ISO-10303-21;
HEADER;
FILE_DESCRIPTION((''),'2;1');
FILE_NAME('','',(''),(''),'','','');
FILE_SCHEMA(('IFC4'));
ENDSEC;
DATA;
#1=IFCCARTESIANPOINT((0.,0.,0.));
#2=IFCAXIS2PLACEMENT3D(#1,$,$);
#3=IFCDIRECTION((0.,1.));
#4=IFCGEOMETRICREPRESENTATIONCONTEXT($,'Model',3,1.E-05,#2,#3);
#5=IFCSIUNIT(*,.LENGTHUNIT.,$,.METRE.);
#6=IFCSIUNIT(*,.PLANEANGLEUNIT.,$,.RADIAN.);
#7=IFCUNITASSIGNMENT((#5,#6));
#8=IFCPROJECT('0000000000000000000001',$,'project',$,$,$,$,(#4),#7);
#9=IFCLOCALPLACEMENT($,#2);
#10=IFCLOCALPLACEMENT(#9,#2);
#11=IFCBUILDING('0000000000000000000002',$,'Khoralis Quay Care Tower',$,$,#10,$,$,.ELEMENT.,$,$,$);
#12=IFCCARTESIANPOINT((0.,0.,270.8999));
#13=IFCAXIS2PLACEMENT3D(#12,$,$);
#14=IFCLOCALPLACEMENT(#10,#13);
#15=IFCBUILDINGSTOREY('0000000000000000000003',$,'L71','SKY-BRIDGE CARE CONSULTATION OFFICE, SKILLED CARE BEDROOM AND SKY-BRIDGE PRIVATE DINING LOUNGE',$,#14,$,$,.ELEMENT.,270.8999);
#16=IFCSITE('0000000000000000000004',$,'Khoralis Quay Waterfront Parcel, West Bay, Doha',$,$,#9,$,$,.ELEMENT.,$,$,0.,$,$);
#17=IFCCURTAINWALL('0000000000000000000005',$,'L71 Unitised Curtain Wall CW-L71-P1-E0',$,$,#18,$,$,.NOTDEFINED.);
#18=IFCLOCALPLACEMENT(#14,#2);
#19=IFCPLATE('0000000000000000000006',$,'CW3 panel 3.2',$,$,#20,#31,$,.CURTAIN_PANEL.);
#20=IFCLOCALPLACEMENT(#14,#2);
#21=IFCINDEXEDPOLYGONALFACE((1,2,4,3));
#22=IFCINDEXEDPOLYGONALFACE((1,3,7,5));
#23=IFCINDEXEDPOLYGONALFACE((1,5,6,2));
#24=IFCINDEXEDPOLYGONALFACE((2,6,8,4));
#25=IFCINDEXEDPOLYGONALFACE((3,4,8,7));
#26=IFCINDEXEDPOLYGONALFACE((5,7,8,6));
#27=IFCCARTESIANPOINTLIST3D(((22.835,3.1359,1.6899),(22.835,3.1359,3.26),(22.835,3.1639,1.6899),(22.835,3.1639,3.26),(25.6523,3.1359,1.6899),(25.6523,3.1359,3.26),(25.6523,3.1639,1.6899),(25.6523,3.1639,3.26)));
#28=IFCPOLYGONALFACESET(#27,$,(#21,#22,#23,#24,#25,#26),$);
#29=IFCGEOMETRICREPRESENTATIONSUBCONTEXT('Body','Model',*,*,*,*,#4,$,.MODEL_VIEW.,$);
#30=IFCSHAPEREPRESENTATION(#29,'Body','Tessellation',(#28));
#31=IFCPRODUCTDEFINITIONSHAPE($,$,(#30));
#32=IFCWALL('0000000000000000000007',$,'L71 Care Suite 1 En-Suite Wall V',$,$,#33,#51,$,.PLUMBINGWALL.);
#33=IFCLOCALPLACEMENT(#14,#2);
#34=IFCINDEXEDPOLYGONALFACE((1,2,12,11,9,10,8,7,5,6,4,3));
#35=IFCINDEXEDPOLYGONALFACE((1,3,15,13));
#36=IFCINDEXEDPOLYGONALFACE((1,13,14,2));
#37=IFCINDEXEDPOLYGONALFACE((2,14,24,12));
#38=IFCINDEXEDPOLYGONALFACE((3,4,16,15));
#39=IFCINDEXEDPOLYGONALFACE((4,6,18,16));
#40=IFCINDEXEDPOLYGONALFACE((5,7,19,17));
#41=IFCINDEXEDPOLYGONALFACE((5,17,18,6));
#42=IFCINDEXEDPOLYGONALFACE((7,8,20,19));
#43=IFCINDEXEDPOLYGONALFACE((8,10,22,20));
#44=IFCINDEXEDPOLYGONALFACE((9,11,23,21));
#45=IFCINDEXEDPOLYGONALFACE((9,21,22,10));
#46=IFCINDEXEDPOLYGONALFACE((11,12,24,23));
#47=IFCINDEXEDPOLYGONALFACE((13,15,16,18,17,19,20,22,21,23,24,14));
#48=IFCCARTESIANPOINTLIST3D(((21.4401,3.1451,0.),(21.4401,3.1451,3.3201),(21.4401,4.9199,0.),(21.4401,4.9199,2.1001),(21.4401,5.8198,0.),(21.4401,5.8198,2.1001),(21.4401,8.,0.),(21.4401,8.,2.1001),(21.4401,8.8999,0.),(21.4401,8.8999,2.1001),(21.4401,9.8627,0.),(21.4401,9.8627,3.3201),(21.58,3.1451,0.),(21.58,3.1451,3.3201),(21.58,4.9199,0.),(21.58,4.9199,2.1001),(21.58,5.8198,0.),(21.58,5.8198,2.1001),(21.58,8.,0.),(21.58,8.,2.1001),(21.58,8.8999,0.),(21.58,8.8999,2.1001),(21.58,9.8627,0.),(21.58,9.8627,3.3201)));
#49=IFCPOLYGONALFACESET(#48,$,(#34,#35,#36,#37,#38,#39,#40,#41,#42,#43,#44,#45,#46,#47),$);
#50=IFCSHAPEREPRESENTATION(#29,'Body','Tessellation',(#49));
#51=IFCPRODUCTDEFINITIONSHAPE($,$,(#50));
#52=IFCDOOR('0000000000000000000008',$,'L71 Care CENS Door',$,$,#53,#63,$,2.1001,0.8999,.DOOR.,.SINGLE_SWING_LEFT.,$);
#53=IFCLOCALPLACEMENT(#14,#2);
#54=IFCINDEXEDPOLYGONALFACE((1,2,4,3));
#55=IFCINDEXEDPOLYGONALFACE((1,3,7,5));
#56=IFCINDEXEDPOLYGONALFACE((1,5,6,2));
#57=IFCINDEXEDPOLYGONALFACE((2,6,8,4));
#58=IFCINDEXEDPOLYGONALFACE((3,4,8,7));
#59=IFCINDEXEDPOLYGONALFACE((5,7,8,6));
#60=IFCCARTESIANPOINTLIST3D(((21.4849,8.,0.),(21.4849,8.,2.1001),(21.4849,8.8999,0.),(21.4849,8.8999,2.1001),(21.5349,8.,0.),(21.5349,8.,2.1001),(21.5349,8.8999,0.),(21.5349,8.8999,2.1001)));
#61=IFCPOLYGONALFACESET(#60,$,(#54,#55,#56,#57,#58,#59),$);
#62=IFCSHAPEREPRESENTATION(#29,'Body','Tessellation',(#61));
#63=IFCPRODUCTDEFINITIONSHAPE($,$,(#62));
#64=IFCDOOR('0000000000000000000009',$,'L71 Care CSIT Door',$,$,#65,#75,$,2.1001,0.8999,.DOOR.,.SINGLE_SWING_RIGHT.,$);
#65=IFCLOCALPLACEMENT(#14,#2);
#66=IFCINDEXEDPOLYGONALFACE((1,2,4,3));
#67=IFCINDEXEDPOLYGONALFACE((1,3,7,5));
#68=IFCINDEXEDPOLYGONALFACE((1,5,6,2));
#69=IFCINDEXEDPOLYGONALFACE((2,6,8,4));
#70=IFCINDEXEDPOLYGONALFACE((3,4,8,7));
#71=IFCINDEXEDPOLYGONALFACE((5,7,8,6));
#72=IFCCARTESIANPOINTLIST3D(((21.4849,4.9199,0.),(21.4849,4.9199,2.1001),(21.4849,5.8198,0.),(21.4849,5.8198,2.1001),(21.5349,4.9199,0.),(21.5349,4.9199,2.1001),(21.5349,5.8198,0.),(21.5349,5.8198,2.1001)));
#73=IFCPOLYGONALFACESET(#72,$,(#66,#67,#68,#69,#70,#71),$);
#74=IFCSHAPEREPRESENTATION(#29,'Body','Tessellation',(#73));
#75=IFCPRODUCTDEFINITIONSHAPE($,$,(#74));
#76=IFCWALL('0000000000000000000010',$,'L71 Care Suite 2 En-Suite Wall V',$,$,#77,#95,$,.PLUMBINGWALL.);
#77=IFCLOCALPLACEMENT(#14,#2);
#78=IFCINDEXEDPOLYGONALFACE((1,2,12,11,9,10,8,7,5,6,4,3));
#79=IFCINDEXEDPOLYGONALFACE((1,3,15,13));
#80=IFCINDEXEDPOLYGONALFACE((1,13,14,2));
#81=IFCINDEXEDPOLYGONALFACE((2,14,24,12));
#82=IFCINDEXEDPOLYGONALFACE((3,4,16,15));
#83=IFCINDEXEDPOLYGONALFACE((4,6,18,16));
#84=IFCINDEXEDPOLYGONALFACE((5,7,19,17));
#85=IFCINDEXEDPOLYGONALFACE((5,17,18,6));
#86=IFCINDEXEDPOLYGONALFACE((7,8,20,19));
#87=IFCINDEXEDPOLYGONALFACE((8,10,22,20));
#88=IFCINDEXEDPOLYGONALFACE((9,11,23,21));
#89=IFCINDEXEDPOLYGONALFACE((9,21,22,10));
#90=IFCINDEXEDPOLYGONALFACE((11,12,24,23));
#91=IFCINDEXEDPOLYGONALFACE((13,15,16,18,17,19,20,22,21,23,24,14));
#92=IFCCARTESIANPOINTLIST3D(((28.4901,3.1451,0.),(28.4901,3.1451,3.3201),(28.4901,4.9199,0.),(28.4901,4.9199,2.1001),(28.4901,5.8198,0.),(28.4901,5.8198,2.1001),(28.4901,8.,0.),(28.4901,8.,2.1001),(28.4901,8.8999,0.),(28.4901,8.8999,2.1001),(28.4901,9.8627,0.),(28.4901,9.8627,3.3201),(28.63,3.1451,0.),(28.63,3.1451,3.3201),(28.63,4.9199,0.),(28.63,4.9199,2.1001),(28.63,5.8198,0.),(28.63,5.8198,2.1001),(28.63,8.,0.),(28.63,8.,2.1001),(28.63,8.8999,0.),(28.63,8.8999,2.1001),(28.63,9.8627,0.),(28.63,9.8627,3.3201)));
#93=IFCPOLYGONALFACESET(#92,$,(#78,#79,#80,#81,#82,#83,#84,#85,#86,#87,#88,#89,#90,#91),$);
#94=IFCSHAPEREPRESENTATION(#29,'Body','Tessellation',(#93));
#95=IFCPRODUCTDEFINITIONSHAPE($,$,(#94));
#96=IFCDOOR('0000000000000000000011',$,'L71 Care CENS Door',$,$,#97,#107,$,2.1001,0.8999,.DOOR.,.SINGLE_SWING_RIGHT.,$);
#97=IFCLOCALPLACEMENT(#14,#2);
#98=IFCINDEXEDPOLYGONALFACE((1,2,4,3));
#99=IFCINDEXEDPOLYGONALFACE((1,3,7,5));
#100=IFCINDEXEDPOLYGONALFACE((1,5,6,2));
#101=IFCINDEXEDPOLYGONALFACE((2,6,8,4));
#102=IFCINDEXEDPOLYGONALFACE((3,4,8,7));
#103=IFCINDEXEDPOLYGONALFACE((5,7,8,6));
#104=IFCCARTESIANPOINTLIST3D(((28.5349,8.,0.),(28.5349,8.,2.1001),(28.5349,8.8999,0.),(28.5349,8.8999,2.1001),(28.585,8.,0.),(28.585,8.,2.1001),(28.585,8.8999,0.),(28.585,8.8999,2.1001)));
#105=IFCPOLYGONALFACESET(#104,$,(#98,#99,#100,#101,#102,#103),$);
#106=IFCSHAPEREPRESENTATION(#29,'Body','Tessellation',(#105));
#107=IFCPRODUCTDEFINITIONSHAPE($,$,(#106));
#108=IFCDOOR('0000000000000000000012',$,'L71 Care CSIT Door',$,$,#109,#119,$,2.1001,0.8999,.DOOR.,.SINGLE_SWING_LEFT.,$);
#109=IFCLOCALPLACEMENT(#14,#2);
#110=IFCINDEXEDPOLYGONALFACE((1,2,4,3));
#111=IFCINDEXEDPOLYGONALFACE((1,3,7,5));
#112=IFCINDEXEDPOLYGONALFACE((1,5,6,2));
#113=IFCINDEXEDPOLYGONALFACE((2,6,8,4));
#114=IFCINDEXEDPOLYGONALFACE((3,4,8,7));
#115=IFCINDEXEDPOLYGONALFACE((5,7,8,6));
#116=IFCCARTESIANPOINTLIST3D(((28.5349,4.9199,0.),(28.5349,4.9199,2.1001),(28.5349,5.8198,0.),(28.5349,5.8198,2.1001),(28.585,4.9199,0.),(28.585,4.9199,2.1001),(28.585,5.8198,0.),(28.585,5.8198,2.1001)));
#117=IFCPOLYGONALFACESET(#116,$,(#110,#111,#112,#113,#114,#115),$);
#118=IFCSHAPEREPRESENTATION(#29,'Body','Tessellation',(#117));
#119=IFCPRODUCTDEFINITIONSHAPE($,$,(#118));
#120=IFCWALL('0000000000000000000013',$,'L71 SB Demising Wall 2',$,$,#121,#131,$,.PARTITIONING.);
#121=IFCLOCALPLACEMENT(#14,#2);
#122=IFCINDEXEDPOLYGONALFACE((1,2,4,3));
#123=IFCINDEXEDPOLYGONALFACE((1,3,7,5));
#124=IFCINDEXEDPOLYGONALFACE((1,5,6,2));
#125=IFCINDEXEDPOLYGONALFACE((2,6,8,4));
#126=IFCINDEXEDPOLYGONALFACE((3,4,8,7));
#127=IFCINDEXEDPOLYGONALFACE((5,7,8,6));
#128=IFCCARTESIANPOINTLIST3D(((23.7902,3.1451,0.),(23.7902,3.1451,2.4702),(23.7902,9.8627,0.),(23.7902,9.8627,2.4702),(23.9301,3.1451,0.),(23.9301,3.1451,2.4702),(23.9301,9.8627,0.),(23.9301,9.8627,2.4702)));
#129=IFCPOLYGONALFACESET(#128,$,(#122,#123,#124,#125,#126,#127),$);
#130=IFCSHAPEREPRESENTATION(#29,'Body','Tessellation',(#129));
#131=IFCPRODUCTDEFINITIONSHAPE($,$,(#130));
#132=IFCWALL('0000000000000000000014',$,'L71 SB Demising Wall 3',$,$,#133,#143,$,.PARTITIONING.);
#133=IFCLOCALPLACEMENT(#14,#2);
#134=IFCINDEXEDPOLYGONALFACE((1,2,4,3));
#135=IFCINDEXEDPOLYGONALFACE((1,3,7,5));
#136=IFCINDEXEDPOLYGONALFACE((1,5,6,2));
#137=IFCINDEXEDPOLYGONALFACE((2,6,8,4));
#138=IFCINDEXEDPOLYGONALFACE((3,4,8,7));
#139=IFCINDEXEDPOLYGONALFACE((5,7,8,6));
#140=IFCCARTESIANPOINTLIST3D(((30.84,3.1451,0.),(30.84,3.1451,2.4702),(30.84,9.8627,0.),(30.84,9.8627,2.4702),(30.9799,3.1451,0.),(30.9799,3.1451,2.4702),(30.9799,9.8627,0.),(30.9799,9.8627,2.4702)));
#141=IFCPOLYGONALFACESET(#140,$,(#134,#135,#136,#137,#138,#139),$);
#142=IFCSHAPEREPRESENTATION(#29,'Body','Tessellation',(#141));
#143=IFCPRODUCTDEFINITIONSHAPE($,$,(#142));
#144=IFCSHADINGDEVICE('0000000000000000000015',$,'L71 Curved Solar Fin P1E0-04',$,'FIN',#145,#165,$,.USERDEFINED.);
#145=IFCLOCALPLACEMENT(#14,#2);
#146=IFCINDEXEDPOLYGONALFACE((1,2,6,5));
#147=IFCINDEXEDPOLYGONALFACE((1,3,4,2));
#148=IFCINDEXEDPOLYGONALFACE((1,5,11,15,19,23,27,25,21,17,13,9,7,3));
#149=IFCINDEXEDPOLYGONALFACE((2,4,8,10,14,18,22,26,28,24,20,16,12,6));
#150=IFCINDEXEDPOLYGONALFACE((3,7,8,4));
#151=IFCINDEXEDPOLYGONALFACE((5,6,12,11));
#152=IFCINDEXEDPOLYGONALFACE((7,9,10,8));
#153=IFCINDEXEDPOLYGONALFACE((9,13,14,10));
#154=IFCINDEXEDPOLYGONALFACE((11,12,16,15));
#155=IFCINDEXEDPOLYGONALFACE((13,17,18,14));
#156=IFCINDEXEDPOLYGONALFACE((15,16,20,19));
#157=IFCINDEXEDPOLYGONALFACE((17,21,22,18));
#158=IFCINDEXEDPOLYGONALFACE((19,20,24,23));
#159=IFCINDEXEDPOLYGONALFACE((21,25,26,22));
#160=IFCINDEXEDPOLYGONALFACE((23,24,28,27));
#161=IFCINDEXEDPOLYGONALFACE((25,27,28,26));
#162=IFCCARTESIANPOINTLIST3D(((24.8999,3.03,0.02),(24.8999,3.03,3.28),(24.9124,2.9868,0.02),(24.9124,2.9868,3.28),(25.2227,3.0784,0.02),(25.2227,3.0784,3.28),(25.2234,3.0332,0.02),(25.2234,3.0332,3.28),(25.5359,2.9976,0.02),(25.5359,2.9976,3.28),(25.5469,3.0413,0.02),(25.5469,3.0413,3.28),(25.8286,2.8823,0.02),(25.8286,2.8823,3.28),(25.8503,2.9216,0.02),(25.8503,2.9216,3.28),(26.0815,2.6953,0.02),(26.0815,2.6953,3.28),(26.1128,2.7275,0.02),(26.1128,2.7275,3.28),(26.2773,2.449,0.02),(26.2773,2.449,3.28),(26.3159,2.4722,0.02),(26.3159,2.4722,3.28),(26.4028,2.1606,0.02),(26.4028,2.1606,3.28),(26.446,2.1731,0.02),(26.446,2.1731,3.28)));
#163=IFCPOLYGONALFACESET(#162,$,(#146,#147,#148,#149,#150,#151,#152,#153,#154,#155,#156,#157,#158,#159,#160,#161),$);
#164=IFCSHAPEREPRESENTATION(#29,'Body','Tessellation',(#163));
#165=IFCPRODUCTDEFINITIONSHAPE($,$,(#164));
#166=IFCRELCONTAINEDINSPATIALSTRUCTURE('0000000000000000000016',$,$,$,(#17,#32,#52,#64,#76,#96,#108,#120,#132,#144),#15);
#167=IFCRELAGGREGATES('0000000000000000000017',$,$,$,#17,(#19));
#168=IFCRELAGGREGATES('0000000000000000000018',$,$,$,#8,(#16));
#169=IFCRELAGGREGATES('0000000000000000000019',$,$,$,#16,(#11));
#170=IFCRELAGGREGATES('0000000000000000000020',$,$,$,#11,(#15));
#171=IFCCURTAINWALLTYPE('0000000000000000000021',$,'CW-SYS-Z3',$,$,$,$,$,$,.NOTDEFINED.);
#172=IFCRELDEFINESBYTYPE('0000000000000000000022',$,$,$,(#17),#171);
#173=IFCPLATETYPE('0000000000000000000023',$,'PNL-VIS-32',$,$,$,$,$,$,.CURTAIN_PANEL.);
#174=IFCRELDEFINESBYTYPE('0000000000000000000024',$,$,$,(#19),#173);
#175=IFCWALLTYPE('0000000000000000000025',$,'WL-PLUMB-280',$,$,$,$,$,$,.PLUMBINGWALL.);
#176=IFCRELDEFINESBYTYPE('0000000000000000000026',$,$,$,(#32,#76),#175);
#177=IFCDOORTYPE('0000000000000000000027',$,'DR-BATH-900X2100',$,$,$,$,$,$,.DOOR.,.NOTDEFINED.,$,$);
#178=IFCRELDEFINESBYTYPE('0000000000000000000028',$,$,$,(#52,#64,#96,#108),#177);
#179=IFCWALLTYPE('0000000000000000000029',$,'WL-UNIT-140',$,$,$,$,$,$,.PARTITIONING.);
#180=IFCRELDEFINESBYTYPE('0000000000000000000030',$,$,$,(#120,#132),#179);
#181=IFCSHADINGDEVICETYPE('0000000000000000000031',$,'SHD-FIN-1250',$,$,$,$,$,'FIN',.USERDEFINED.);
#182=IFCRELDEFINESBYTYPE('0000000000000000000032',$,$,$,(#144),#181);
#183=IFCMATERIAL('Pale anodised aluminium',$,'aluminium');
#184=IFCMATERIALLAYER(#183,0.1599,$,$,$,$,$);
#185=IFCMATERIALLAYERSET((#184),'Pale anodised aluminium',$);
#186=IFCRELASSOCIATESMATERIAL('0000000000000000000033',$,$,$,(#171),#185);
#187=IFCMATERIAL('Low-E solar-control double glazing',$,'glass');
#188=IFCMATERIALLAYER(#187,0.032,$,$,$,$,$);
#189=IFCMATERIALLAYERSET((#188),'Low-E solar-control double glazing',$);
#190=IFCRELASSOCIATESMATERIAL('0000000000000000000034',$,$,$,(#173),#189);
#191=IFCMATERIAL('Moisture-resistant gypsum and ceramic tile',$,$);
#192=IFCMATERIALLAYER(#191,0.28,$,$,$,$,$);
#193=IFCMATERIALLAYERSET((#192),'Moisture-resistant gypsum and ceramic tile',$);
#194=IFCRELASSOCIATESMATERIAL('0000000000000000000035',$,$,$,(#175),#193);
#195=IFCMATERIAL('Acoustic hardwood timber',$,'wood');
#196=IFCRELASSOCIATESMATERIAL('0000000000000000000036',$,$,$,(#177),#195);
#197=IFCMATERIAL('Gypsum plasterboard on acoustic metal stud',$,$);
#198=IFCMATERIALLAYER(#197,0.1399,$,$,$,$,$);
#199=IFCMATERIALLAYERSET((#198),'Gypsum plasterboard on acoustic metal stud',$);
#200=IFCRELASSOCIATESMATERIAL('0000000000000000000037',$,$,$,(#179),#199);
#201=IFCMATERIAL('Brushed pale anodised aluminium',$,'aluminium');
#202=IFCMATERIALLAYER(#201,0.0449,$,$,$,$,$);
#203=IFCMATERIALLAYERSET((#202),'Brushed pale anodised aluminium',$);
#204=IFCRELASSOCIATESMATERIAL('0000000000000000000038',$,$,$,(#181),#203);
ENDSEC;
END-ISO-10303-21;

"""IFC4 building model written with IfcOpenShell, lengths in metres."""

from ifc_helpers import new_model, si_unit, direction, frame, frame_2d, origin, origin_2d, place, context, subcontext, project, spatial, polyline, rectangle, outline, extrude, source, transform, mapped, material, layer, layer_set, type_object, element, fill, aggregate, save


model = new_model("IFC4")

# Units and contexts
model_context = context("Model", 3, precision=1e-05, world=origin(), true_north=direction((0.0, 1.0)))
body_context = subcontext(model_context, "Body", "Model", "MODEL_VIEW")
ifc_project = project(units=[si_unit("LENGTHUNIT", "METRE"), si_unit("PLANEANGLEUNIT", "RADIAN")], contexts=[model_context])

# Site, building, storey
site_placement = place(None, origin())
site = spatial("IfcSite", under=ifc_project, at=site_placement, Name="Khoralis Quay Waterfront Parcel, West Bay, Doha", CompositionType="ELEMENT", RefElevation=0.0)
building_placement = place(site_placement, origin())
building = spatial("IfcBuilding", under=site, at=building_placement, Name="Khoralis Quay Care Tower", CompositionType="ELEMENT")
storey_placement = place(building_placement, frame((0.0, 0.0, 270.8999)))
storey = spatial("IfcBuildingStorey", under=building, at=storey_placement, Name="L71", Description="SKY-BRIDGE CARE CONSULTATION OFFICE, SKILLED CARE BEDROOM AND SKY-BRIDGE PRIVATE DINING LOUNGE", CompositionType="ELEMENT", Elevation=270.8999)

# Curtain wall, plate
ifc_material_1 = material(Name="Pale anodised aluminium", Category="aluminium")
ifc_layer_1 = layer(ifc_material_1, 0.1599)
ifc_layer_set_1 = layer_set([ifc_layer_1], Name="Pale anodised aluminium")
curtain_wall_type = type_object("IfcCurtainWallType", Name="CW-SYS-Z3", PredefinedType="NOTDEFINED", material=ifc_layer_set_1)
curtain_wall_placement = place(storey_placement, origin())
curtain_wall = element("IfcCurtainWall", 1, at=curtain_wall_placement, inside=storey, type_object=curtain_wall_type, Name="L71 Unitised Curtain Wall CW-L71-P1-E0", PredefinedType="NOTDEFINED")
ifc_material_2 = material(Name="Low-E solar-control double glazing", Category="glass")
ifc_layer_2 = layer(ifc_material_2, 0.032)
ifc_layer_set_2 = layer_set([ifc_layer_2], Name="Low-E solar-control double glazing")
plate_type = type_object("IfcPlateType", Name="PNL-VIS-32", PredefinedType="CURTAIN_PANEL", material=ifc_layer_set_2)
shared_shape_1 = source(origin(), body_context, "Body", "SweptSolid", [
    extrude(rectangle(XDim=2.8174, YDim=0.0281, at=origin_2d()), origin(), (0.0, 0.0, 1.0), 1.5701),
])
plate_1_placement = place(storey_placement, frame((24.2437, 3.1499, 1.6899), z_axis=(0.0, 0.0, 1.0), x_axis=(1.0, 0.0, 0.0)))
plate_1 = element("IfcPlate", 2, at=plate_1_placement, type_object=plate_type, Name="CW3 panel 3.2", PredefinedType="CURTAIN_PANEL", context=body_context, shape_type="MappedRepresentation", body=[
    mapped(shared_shape_1, transform((0.0, 0.0, 0.0), scale=1.0)),
])
aggregate(curtain_wall, [plate_1])

# Walls, openings, doors
ifc_material_3 = material(Name="Moisture-resistant gypsum and ceramic tile")
ifc_layer_3 = layer(ifc_material_3, 0.28)
ifc_layer_set_3 = layer_set([ifc_layer_3], Name="Moisture-resistant gypsum and ceramic tile")
wall_type_1 = type_object("IfcWallType", Name="WL-PLUMB-280", PredefinedType="PLUMBINGWALL", material=ifc_layer_set_3)
wall_1_placement = place(storey_placement, frame((21.51, 3.145, 0.0), z_axis=(0.0, 0.0, 1.0), x_axis=(0.0, 1.0, 0.0)))
wall_1 = element("IfcWall", 3, at=wall_1_placement, inside=storey, type_object=wall_type_1, Name="L71 Care Suite 1 En-Suite Wall V", PredefinedType="PLUMBINGWALL", context=body_context, shape_type="SweptSolid", body=[
    extrude(rectangle(XDim=6.7175, YDim=0.1399, at=frame_2d((3.3589, 0.0))), origin(), (0.0, 0.0, 1.0), 3.3201),
])
opening_1_placement = place(wall_1_placement, frame((4.855, 0.0, 0.0)))
opening_1 = element("IfcOpeningElement", 4, at=opening_1_placement, cuts=wall_1, PredefinedType="OPENING", context=body_context, shape_type="SweptSolid", body=[
    extrude(rectangle(XDim=0.8999, YDim=2.1001, at=frame_2d((0.45, 1.05))), frame((0.0, 0.0801, 0.0), z_axis=(0.0, -1.0, 0.0), x_axis=(1.0, 0.0, 0.0)), (0.0, 0.0, 1.0), 0.1599),
])
opening_2_placement = place(wall_1_placement, frame((1.7749, 0.0, 0.0)))
opening_2 = element("IfcOpeningElement", 5, at=opening_2_placement, cuts=wall_1, PredefinedType="OPENING", context=body_context, shape_type="SweptSolid", body=[
    extrude(rectangle(XDim=0.8999, YDim=2.1001, at=frame_2d((0.45, 1.05))), frame((0.0, 0.0801, 0.0), z_axis=(0.0, -1.0, 0.0), x_axis=(1.0, 0.0, 0.0)), (0.0, 0.0, 1.0), 0.1599),
])
ifc_material_4 = material(Name="Acoustic hardwood timber", Category="wood")
door_type = type_object("IfcDoorType", Name="DR-BATH-900X2100", OperationType="NOTDEFINED", PredefinedType="DOOR", material=ifc_material_4)
shared_shape_2 = source(origin(), body_context, "Body", "SweptSolid", [
    extrude(rectangle(XDim=0.8999, YDim=2.1001, at=frame_2d((0.45, 1.05))), frame((0.0, 0.0249, 0.0), z_axis=(0.0, -1.0, 0.0), x_axis=(1.0, 0.0, 0.0)), (0.0, 0.0, 1.0), 0.05),
])
door_1_placement = place(opening_1_placement, frame((0.8999, 0.0, 0.0), z_axis=(0.0, 0.0, 1.0), x_axis=(-1.0, 0.0, 0.0)))
door_1 = element("IfcDoor", 6, at=door_1_placement, inside=storey, type_object=door_type, Name="L71 Care CENS Door", OperationType="SINGLE_SWING_LEFT", OverallHeight=2.1001, OverallWidth=0.8999, PredefinedType="DOOR", context=body_context, shape_type="MappedRepresentation", body=[
    mapped(shared_shape_2, transform((0.0, 0.0, 0.0), scale=1.0)),
])
fill(opening_1, door_1)
door_2_placement = place(opening_2_placement, frame((0.8999, 0.0, 0.0), z_axis=(0.0, 0.0, 1.0), x_axis=(-1.0, 0.0, 0.0)))
door_2 = element("IfcDoor", 7, at=door_2_placement, inside=storey, type_object=door_type, Name="L71 Care CSIT Door", OperationType="SINGLE_SWING_RIGHT", OverallHeight=2.1001, OverallWidth=0.8999, PredefinedType="DOOR", context=body_context, shape_type="MappedRepresentation", body=[
    mapped(shared_shape_2, transform((0.0, 0.0, 0.0), scale=1.0)),
])
fill(opening_2, door_2)
wall_2_placement = place(storey_placement, frame((28.5601, 3.145, 0.0), z_axis=(0.0, 0.0, 1.0), x_axis=(0.0, 1.0, 0.0)))
wall_2 = element("IfcWall", 8, at=wall_2_placement, inside=storey, type_object=wall_type_1, Name="L71 Care Suite 2 En-Suite Wall V", PredefinedType="PLUMBINGWALL", context=body_context, shape_type="SweptSolid", body=[
    extrude(rectangle(XDim=6.7175, YDim=0.1399, at=frame_2d((3.3589, 0.0))), origin(), (0.0, 0.0, 1.0), 3.3201),
])
opening_3_placement = place(wall_2_placement, frame((4.855, 0.0, 0.0)))
opening_3 = element("IfcOpeningElement", 9, at=opening_3_placement, cuts=wall_2, PredefinedType="OPENING", context=body_context, shape_type="SweptSolid", body=[
    extrude(rectangle(XDim=0.8999, YDim=2.1001, at=frame_2d((0.45, 1.05))), frame((0.0, 0.0801, 0.0), z_axis=(0.0, -1.0, 0.0), x_axis=(1.0, 0.0, 0.0)), (0.0, 0.0, 1.0), 0.1599),
])
opening_4_placement = place(wall_2_placement, frame((1.7749, 0.0, 0.0)))
opening_4 = element("IfcOpeningElement", 10, at=opening_4_placement, cuts=wall_2, PredefinedType="OPENING", context=body_context, shape_type="SweptSolid", body=[
    extrude(rectangle(XDim=0.8999, YDim=2.1001, at=frame_2d((0.45, 1.05))), frame((0.0, 0.0801, 0.0), z_axis=(0.0, -1.0, 0.0), x_axis=(1.0, 0.0, 0.0)), (0.0, 0.0, 1.0), 0.1599),
])
door_3_placement = place(opening_3_placement, frame((0.8999, 0.0, 0.0), z_axis=(0.0, 0.0, 1.0), x_axis=(-1.0, 0.0, 0.0)))
door_3 = element("IfcDoor", 11, at=door_3_placement, inside=storey, type_object=door_type, Name="L71 Care CENS Door", OperationType="SINGLE_SWING_RIGHT", OverallHeight=2.1001, OverallWidth=0.8999, PredefinedType="DOOR", context=body_context, shape_type="MappedRepresentation", body=[
    mapped(shared_shape_2, transform((0.0, 0.0, 0.0), scale=1.0)),
])
fill(opening_3, door_3)
door_4_placement = place(opening_4_placement, frame((0.8999, 0.0, 0.0), z_axis=(0.0, 0.0, 1.0), x_axis=(-1.0, 0.0, 0.0)))
door_4 = element("IfcDoor", 12, at=door_4_placement, inside=storey, type_object=door_type, Name="L71 Care CSIT Door", OperationType="SINGLE_SWING_LEFT", OverallHeight=2.1001, OverallWidth=0.8999, PredefinedType="DOOR", context=body_context, shape_type="MappedRepresentation", body=[
    mapped(shared_shape_2, transform((0.0, 0.0, 0.0), scale=1.0)),
])
fill(opening_4, door_4)

# Walls
ifc_material_5 = material(Name="Gypsum plasterboard on acoustic metal stud")
ifc_layer_4 = layer(ifc_material_5, 0.1399)
ifc_layer_set_4 = layer_set([ifc_layer_4], Name="Gypsum plasterboard on acoustic metal stud")
wall_type_2 = type_object("IfcWallType", Name="WL-UNIT-140", PredefinedType="PARTITIONING", material=ifc_layer_set_4)
for number, where, z_axis, x_axis, name in (
    (13, (23.8601, 3.145, 0.0), (0.0, 0.0, 1.0), (0.0, 1.0, 0.0), "L71 SB Demising Wall 2"),
    (14, (30.9099, 3.145, 0.0), (0.0, 0.0, 1.0), (0.0, 1.0, 0.0), "L71 SB Demising Wall 3"),
):
    element("IfcWall", number, at=place(storey_placement, frame(where, z_axis=z_axis, x_axis=x_axis)), inside=storey, type_object=wall_type_2, Name=name, PredefinedType="PARTITIONING", context=body_context, shape_type="SweptSolid", body=[
        extrude(rectangle(XDim=6.7175, YDim=0.1399, at=frame_2d((3.3589, 0.0))), origin(), (0.0, 0.0, 1.0), 2.4702),
    ])

# Shading device
ifc_material_6 = material(Name="Brushed pale anodised aluminium", Category="aluminium")
ifc_layer_5 = layer(ifc_material_6, 0.0449)
ifc_layer_set_5 = layer_set([ifc_layer_5], Name="Brushed pale anodised aluminium")
shading_device_type = type_object("IfcShadingDeviceType", Name="SHD-FIN-1250", ElementType="FIN", PredefinedType="USERDEFINED", material=ifc_layer_set_5)
shared_shape_3 = source(origin(), body_context, "Body", "SweptSolid", [
    extrude(outline(polyline([(0.0, 0.0), (-0.0483, 0.3228), (-0.0112, 0.647), (0.1084, 0.9504), (0.3025, 1.2129), (0.5579, 1.416), (0.8569, 1.5461), (0.8694, 1.5029), (0.5811, 1.3774), (0.3347, 1.1816), (0.1477, 0.9287), (0.0325, 0.636), (-0.0032, 0.3235), (0.0432, 0.0125), (0.0, 0.0)])), origin(), (0.0, 0.0, 1.0), 3.26),
])
for number, where, z_axis, x_axis, name in (
    (15, (24.8999, 3.03, 0.02), (0.0, 0.0, 1.0), (0.0, -1.0, 0.0), "L71 Curved Solar Fin P1E0-04"),
):
    element("IfcShadingDevice", number, at=place(storey_placement, frame(where, z_axis=z_axis, x_axis=x_axis)), inside=storey, type_object=shading_device_type, Name=name, ObjectType="FIN", PredefinedType="USERDEFINED", context=body_context, shape_type="MappedRepresentation", body=[
        mapped(shared_shape_3, transform((0.0, 0.0, 0.0), scale=1.0)),
    ])

save(model, "model.ifc")
